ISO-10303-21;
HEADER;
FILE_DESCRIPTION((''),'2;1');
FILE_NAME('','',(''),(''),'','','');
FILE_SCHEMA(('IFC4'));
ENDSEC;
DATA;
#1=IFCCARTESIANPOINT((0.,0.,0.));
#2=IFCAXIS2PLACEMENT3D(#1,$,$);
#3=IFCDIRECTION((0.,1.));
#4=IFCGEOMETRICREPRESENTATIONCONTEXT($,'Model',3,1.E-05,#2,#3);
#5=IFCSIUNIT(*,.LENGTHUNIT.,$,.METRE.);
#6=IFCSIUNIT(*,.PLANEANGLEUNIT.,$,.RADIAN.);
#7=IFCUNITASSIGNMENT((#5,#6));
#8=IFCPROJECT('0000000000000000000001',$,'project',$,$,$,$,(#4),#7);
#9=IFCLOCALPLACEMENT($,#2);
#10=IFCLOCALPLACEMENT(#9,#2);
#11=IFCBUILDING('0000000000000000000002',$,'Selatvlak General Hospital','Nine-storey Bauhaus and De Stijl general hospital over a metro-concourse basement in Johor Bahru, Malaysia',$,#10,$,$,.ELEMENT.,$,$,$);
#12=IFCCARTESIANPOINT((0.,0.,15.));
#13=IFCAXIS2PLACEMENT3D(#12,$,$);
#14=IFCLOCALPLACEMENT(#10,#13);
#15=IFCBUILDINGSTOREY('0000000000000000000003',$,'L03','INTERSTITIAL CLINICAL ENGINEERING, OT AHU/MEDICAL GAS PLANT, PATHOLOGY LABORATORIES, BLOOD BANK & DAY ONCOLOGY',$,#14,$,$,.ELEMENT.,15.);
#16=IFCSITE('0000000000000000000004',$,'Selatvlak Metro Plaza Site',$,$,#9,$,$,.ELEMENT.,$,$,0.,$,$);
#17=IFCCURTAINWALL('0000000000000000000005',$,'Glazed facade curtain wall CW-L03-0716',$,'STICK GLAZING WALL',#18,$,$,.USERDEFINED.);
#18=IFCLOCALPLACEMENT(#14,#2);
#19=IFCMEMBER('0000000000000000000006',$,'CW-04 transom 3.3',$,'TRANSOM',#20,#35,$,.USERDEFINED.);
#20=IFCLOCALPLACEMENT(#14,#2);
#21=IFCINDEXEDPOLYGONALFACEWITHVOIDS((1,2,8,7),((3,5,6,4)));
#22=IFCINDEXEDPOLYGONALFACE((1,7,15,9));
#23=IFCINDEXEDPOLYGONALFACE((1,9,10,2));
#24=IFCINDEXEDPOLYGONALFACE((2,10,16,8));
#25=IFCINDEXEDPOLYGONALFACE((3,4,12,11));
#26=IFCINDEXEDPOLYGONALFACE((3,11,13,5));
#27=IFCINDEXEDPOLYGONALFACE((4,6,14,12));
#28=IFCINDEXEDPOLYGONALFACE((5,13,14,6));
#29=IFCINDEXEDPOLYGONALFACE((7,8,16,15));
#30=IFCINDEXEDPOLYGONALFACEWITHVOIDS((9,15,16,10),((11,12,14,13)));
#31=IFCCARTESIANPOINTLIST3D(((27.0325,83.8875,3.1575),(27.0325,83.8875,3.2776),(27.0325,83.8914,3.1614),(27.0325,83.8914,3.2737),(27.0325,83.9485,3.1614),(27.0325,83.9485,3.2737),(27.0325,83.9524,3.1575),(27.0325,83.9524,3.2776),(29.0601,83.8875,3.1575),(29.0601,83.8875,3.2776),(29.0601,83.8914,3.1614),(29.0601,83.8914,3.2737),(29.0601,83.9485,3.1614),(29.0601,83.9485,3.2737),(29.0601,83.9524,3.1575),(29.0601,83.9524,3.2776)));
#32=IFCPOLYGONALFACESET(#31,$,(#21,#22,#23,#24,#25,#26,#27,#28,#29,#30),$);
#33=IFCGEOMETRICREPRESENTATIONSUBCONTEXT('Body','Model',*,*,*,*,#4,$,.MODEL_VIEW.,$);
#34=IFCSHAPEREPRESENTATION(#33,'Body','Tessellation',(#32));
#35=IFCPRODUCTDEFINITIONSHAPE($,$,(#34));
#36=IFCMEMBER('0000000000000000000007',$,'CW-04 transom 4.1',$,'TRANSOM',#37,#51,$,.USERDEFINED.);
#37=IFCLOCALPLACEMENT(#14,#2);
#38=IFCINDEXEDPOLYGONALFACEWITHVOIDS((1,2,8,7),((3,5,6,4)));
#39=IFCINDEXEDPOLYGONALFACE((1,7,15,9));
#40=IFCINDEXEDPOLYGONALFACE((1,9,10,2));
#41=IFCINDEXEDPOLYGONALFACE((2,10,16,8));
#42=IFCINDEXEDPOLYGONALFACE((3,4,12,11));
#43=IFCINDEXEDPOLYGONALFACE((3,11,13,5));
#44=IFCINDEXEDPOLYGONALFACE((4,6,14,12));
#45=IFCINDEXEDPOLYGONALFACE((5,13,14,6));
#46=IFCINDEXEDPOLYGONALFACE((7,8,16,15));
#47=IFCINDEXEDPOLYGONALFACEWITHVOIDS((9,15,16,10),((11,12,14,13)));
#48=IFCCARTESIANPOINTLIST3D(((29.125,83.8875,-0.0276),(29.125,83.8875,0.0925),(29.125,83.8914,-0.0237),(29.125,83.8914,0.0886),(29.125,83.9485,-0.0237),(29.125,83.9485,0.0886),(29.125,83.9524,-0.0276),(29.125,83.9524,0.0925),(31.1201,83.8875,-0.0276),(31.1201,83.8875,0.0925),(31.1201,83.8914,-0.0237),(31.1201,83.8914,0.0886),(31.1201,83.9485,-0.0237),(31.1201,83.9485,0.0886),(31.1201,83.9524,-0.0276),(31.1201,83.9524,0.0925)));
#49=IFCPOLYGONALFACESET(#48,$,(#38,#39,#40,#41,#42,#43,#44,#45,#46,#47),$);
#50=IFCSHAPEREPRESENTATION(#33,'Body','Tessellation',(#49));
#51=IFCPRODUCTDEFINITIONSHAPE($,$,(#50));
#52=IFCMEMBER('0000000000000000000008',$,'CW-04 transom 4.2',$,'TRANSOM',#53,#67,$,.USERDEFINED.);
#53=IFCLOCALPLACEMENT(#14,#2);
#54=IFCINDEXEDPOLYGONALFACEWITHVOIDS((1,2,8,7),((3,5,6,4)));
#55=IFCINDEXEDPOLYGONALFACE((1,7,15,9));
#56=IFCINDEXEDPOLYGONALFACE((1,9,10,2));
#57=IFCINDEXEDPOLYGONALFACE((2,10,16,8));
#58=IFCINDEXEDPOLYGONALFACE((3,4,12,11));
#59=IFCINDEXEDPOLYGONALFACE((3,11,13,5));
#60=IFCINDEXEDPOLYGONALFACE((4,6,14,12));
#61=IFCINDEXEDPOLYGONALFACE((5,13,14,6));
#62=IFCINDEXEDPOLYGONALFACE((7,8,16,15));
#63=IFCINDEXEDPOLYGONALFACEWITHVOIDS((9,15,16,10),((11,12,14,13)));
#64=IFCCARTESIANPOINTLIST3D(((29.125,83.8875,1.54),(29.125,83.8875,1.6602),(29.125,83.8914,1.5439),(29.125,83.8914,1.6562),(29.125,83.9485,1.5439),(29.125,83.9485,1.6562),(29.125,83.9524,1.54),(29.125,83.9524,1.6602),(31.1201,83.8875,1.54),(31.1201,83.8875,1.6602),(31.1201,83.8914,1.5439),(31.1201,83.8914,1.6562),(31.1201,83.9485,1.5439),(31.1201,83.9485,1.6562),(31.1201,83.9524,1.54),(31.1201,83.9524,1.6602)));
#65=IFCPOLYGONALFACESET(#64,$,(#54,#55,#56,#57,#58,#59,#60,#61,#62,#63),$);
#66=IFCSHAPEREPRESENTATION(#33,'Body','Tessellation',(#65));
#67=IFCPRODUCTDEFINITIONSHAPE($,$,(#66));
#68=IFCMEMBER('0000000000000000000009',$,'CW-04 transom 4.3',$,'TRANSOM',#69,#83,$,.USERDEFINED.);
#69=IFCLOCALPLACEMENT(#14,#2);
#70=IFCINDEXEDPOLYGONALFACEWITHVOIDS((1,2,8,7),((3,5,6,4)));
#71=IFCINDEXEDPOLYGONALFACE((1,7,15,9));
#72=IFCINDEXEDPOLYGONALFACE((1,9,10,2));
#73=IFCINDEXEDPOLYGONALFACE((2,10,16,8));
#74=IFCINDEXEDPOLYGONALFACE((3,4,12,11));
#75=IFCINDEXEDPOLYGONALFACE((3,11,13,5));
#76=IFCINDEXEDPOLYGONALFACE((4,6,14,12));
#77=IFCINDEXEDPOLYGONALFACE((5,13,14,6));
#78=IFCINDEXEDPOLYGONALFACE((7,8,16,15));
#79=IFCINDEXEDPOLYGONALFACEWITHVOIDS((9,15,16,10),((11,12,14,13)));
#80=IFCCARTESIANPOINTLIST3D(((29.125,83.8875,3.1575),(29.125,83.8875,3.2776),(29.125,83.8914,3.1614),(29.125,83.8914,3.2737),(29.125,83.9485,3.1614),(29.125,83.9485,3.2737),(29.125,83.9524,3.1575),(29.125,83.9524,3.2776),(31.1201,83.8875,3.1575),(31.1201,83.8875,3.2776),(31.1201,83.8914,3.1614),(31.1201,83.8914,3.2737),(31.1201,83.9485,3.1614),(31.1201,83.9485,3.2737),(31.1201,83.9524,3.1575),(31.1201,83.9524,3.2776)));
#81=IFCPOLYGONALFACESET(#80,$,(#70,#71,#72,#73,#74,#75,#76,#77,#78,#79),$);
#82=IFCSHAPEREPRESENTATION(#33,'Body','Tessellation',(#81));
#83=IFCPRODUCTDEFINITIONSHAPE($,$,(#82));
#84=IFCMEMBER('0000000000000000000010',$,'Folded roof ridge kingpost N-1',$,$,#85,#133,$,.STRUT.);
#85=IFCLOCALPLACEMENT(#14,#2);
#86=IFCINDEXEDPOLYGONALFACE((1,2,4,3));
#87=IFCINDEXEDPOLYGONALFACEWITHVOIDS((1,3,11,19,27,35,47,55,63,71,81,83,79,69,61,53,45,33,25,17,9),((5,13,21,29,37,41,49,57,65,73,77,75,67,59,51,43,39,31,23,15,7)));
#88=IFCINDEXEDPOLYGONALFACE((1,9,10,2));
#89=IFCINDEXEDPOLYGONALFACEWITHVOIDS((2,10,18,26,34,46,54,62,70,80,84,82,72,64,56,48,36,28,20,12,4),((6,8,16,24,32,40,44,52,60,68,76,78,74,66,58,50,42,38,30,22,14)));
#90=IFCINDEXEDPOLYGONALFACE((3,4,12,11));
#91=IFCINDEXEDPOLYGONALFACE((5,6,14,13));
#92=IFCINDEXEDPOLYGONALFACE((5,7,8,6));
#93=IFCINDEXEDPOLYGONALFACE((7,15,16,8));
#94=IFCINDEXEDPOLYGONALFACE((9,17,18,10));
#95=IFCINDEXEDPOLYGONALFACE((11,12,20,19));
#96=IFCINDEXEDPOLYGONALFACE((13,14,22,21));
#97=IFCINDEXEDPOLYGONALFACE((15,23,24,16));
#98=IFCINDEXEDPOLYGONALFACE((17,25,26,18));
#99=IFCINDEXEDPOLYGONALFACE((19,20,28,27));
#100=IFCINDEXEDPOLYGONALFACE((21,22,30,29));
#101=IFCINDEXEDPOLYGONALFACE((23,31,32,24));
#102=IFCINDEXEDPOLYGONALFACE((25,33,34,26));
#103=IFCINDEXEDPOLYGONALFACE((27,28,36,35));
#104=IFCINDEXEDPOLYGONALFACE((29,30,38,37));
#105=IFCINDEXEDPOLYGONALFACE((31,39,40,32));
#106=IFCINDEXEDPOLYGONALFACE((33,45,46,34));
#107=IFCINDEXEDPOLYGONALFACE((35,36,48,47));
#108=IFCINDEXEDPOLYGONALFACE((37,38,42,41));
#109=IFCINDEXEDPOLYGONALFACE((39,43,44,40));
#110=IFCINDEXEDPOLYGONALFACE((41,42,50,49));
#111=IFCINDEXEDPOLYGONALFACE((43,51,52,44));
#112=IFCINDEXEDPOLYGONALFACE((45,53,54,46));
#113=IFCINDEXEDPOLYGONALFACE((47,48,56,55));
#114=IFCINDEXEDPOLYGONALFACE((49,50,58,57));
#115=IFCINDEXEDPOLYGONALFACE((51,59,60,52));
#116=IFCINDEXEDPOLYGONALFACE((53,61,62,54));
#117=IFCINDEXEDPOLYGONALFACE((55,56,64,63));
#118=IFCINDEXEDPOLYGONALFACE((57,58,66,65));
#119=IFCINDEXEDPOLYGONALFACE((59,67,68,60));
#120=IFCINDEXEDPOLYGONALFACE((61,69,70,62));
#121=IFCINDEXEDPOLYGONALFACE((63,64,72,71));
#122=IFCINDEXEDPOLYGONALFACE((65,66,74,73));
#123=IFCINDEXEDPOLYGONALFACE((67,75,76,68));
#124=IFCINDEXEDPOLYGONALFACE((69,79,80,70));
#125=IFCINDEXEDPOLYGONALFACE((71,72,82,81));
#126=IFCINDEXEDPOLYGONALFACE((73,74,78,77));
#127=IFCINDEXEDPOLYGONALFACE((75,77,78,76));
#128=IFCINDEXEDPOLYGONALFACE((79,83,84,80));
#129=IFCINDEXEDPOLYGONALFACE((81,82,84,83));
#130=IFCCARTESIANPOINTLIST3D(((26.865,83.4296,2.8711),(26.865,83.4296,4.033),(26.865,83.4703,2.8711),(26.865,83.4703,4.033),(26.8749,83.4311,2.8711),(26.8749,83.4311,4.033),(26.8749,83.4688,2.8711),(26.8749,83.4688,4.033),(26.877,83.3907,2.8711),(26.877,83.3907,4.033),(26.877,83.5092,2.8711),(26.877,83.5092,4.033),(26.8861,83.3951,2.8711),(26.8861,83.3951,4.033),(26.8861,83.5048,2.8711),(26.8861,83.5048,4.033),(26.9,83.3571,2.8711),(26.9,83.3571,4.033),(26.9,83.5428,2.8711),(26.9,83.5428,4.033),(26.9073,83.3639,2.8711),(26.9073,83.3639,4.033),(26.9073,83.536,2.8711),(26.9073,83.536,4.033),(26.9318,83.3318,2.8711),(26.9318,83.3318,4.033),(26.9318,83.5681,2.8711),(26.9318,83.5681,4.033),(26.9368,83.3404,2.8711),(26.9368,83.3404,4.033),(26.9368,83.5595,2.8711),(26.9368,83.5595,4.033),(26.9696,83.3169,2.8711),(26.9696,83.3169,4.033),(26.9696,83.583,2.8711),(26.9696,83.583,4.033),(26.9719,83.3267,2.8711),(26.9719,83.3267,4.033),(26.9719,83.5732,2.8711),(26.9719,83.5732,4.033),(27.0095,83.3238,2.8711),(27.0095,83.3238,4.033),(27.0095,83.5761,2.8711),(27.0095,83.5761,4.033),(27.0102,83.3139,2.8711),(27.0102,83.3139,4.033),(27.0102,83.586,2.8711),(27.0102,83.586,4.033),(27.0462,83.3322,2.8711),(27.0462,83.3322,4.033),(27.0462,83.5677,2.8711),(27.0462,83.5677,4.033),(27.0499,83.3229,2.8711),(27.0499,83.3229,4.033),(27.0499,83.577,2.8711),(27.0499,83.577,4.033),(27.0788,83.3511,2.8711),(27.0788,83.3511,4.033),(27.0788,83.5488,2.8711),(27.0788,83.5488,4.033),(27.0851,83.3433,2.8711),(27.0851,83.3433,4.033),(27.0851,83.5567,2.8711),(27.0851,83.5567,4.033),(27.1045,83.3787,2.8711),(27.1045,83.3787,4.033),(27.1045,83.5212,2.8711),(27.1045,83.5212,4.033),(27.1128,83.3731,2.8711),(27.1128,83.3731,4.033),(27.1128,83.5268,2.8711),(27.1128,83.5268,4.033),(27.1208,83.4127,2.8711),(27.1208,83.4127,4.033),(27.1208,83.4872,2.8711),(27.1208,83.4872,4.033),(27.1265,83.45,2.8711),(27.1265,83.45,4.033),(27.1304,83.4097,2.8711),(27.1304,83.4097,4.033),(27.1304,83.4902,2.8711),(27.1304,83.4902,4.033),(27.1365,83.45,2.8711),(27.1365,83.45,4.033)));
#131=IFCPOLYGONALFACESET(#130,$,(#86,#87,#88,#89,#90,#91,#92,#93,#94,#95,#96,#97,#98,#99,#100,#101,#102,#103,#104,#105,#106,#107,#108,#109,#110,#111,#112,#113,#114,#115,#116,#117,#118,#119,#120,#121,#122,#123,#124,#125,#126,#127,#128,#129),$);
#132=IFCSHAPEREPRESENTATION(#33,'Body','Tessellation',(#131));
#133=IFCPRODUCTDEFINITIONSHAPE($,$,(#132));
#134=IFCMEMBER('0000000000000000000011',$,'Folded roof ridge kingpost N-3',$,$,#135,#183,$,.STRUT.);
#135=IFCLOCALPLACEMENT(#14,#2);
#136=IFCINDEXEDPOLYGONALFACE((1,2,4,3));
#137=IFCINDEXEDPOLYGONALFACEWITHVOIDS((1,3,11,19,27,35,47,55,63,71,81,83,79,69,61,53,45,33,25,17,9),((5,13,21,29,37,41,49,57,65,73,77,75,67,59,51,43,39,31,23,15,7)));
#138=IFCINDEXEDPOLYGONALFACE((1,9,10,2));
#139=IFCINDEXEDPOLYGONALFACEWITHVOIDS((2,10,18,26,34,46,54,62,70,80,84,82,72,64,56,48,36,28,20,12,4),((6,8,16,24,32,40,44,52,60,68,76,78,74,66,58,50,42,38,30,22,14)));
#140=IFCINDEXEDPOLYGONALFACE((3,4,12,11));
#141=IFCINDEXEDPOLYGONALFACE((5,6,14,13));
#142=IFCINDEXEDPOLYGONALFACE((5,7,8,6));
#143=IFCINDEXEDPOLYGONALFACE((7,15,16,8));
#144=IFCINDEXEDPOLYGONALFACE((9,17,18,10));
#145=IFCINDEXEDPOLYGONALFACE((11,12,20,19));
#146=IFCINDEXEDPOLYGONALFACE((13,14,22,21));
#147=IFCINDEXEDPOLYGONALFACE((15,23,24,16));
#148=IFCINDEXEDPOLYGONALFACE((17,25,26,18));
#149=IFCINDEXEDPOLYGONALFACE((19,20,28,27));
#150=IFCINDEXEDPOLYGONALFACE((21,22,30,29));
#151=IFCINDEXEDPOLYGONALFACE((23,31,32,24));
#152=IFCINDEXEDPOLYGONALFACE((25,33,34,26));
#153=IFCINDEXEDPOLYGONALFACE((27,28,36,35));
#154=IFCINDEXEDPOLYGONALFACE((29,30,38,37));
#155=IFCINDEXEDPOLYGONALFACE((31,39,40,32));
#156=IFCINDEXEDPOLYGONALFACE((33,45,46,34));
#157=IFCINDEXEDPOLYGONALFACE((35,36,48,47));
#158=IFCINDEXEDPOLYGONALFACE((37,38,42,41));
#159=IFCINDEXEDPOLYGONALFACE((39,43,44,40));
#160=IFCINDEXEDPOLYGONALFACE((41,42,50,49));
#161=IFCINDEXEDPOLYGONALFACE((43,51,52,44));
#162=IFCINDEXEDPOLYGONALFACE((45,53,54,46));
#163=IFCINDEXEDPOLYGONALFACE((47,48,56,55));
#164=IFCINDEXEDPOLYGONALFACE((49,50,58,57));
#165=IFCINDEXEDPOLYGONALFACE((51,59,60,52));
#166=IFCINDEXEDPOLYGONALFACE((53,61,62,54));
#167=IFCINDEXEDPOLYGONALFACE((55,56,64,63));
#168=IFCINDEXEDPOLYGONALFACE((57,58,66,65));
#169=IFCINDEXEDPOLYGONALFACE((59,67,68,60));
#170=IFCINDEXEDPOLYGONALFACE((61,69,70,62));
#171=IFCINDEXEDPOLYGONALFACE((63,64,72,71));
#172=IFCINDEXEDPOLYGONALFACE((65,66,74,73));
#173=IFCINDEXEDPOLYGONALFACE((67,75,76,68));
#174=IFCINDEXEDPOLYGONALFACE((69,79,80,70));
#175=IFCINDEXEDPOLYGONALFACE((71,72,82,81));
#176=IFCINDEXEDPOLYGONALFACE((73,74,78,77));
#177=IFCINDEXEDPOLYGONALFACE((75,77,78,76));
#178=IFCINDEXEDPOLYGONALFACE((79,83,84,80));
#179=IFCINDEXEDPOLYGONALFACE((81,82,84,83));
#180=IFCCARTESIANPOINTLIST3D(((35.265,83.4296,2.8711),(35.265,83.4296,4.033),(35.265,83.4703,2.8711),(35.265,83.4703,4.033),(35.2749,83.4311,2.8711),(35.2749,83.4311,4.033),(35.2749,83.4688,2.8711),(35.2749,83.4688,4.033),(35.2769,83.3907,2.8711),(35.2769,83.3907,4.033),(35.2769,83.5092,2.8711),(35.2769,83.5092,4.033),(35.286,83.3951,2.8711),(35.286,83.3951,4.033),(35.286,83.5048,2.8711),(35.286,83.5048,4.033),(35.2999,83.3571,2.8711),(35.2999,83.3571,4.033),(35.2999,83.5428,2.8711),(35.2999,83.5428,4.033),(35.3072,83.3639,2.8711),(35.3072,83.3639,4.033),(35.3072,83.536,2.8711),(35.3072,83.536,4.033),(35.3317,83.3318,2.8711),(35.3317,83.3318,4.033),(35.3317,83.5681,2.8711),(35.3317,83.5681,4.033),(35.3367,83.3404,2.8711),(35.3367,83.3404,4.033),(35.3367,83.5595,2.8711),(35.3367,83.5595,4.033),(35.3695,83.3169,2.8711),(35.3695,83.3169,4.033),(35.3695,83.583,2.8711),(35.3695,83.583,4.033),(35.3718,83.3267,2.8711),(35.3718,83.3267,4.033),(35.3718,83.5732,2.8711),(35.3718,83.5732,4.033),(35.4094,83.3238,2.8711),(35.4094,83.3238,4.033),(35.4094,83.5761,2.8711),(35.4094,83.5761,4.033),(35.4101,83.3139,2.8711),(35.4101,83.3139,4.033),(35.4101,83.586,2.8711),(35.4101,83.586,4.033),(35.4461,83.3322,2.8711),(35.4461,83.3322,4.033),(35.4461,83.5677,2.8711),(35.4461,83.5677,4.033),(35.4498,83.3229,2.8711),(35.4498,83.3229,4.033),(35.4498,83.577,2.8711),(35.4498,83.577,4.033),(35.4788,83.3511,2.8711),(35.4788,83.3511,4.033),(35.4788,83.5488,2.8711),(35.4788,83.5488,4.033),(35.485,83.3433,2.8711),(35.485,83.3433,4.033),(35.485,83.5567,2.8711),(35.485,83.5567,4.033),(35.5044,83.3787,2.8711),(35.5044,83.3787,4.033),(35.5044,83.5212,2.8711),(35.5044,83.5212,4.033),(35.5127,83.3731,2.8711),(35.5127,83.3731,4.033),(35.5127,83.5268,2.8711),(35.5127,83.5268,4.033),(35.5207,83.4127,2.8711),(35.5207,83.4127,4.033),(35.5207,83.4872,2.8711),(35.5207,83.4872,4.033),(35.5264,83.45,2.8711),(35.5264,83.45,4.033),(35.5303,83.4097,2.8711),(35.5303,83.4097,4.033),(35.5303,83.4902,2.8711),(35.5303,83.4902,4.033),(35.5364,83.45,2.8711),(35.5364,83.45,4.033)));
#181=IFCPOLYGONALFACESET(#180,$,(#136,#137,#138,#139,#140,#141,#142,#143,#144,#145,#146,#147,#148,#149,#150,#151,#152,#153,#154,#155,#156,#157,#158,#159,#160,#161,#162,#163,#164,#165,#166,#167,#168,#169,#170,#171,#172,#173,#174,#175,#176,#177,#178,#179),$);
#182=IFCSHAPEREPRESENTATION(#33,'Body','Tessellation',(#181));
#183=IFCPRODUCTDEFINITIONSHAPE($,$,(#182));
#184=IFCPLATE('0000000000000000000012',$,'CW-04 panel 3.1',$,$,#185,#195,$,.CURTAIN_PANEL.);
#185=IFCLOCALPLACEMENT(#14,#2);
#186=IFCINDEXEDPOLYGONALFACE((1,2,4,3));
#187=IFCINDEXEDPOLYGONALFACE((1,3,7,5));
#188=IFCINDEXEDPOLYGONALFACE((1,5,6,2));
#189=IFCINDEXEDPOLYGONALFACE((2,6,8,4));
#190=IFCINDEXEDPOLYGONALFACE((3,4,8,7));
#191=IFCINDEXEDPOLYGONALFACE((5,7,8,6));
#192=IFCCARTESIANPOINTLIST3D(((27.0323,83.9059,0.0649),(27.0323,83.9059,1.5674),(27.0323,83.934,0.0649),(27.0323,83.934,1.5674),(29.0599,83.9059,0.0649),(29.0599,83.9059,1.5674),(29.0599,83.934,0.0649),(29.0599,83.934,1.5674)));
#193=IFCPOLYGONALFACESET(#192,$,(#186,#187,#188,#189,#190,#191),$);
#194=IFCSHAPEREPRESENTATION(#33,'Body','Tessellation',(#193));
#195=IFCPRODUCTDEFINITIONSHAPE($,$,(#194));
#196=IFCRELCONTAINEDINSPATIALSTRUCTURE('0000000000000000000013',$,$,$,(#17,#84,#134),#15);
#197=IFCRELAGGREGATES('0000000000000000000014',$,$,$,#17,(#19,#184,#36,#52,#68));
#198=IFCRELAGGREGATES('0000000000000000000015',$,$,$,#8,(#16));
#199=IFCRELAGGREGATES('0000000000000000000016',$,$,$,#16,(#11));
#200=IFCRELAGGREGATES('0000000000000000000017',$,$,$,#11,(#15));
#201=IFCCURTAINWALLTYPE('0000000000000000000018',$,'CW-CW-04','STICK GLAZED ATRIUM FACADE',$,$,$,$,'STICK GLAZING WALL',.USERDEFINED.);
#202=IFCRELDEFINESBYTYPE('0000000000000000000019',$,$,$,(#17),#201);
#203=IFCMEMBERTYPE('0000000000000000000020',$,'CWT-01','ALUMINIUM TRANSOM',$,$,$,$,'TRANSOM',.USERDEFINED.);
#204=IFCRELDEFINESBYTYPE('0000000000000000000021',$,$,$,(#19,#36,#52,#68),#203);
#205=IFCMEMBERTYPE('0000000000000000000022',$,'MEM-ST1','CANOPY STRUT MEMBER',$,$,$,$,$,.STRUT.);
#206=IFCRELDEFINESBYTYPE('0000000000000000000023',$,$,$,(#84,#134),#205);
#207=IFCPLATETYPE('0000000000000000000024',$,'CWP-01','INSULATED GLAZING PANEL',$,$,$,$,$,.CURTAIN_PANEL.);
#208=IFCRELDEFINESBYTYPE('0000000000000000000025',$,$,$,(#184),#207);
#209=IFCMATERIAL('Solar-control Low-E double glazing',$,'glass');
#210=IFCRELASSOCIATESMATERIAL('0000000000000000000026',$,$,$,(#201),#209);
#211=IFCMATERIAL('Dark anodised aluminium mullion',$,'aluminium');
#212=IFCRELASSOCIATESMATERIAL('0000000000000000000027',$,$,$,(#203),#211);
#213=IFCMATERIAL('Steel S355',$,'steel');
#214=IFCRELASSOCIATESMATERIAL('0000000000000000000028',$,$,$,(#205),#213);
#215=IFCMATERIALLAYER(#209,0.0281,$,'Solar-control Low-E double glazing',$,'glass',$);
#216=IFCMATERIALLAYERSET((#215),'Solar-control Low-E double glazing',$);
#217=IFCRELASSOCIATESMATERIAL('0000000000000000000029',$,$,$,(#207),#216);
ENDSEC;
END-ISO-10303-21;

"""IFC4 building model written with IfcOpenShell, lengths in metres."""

from ifc_helpers import new_model, si_unit, direction, frame, origin, origin_2d, place, context, subcontext, project, spatial, rectangle, hollow_rectangle, hollow_circle, extrude, material, layer, layer_set, material_profile, profile_set, type_object, element, aggregate, save


model = new_model("IFC4")

# Units and contexts
model_context = context("Model", 3, precision=1e-05, world=origin(), true_north=direction((0.0, 1.0)))
body_context = subcontext(model_context, "Body", "Model", "MODEL_VIEW")
ifc_project = project(units=[si_unit("LENGTHUNIT", "METRE"), si_unit("PLANEANGLEUNIT", "RADIAN")], contexts=[model_context])

# Site, building, storey
site_placement = place(None, origin())
site = spatial("IfcSite", under=ifc_project, at=site_placement, Name="Selatvlak Metro Plaza Site", CompositionType="ELEMENT", RefElevation=0.0)
building_placement = place(site_placement, origin())
building = spatial("IfcBuilding", under=site, at=building_placement, Name="Selatvlak General Hospital", Description="Nine-storey Bauhaus and De Stijl general hospital over a metro-concourse basement in Johor Bahru, Malaysia", CompositionType="ELEMENT")
storey_placement = place(building_placement, frame((0.0, 0.0, 15.0)))
storey = spatial("IfcBuildingStorey", under=building, at=storey_placement, Name="L03", Description="INTERSTITIAL CLINICAL ENGINEERING, OT AHU/MEDICAL GAS PLANT, PATHOLOGY LABORATORIES, BLOOD BANK & DAY ONCOLOGY", CompositionType="ELEMENT", Elevation=15.0)

# Shared definitions
ifc_material_1 = material(Name="Steel S355", Category="steel")

# Curtain wall
ifc_material_2 = material(Name="Solar-control Low-E double glazing", Category="glass")
curtain_wall_type = type_object("IfcCurtainWallType", Name="CW-CW-04", Description="STICK GLAZED ATRIUM FACADE", ElementType="STICK GLAZING WALL", PredefinedType="USERDEFINED", material=ifc_material_2)
curtain_wall_1_placement = place(storey_placement, origin())
curtain_wall_1 = element("IfcCurtainWall", 1, at=curtain_wall_1_placement, inside=storey, type_object=curtain_wall_type, Name="Glazed facade curtain wall CW-L03-0716", ObjectType="STICK GLAZING WALL", PredefinedType="USERDEFINED")
ifc_material_3 = material(Name="Dark anodised aluminium mullion", Category="aluminium")

# Members
ifc_material_profile_1 = material_profile(ifc_material_3, hollow_rectangle(XDim=0.0649, YDim=0.1201, WallThickness=0.0039, at=origin_2d()), Name="AL-TRN 65x120x4")
ifc_profile_set_1 = profile_set([ifc_material_profile_1], Name="Dark anodised aluminium mullion")
member_type_1 = type_object("IfcMemberType", Name="CWT-01", Description="ALUMINIUM TRANSOM", ElementType="TRANSOM", PredefinedType="USERDEFINED", material=ifc_profile_set_1)
member_1_placement = place(storey_placement, frame((27.0325, 83.9199, 3.2175), z_axis=(1.0, 0.0, 0.0), x_axis=(0.0, 1.0, 0.0)))
member_1 = element("IfcMember", 2, at=member_1_placement, type_object=member_type_1, Name="CW-04 transom 3.3", ObjectType="TRANSOM", PredefinedType="USERDEFINED", context=body_context, shape_type="SweptSolid", body=[
    extrude(hollow_rectangle(XDim=0.0649, YDim=0.1201, WallThickness=0.0039, at=origin_2d()), origin(), (0.0, 0.0, 1.0), 2.0276),
])
member_2_placement = place(storey_placement, frame((29.125, 83.9199, 0.0325), z_axis=(1.0, 0.0, 0.0), x_axis=(0.0, 1.0, 0.0)))
member_2 = element("IfcMember", 3, at=member_2_placement, type_object=member_type_1, Name="CW-04 transom 4.1", ObjectType="TRANSOM", PredefinedType="USERDEFINED", context=body_context, shape_type="SweptSolid", body=[
    extrude(hollow_rectangle(XDim=0.0649, YDim=0.1201, WallThickness=0.0039, at=origin_2d()), origin(), (0.0, 0.0, 1.0), 1.9951),
])
member_3_placement = place(storey_placement, frame((29.125, 83.9199, 1.6001), z_axis=(1.0, 0.0, 0.0), x_axis=(0.0, 1.0, 0.0)))
member_3 = element("IfcMember", 4, at=member_3_placement, type_object=member_type_1, Name="CW-04 transom 4.2", ObjectType="TRANSOM", PredefinedType="USERDEFINED", context=body_context, shape_type="SweptSolid", body=[
    extrude(hollow_rectangle(XDim=0.0649, YDim=0.1201, WallThickness=0.0039, at=origin_2d()), origin(), (0.0, 0.0, 1.0), 1.9951),
])
member_4_placement = place(storey_placement, frame((29.125, 83.9199, 3.2175), z_axis=(1.0, 0.0, 0.0), x_axis=(0.0, 1.0, 0.0)))
member_4 = element("IfcMember", 5, at=member_4_placement, type_object=member_type_1, Name="CW-04 transom 4.3", ObjectType="TRANSOM", PredefinedType="USERDEFINED", context=body_context, shape_type="SweptSolid", body=[
    extrude(hollow_rectangle(XDim=0.0649, YDim=0.1201, WallThickness=0.0039, at=origin_2d()), origin(), (0.0, 0.0, 1.0), 1.9951),
])

# Members
ifc_material_profile_2 = material_profile(ifc_material_1, hollow_circle(Radius=0.1365, WallThickness=0.01, at=origin_2d()), Name="CHS 273.0x10")
ifc_profile_set_2 = profile_set([ifc_material_profile_2], Name="Steel S355")
member_type_2 = type_object("IfcMemberType", Name="MEM-ST1", Description="CANOPY STRUT MEMBER", PredefinedType="STRUT", material=ifc_profile_set_2)
for number, where, z_axis, x_axis, name in (
    (6, (27.0, 83.45, 2.8711), (0.0, 0.0, 1.0), (1.0, 0.0, 0.0), "Folded roof ridge kingpost N-1"),
    (7, (35.3999, 83.45, 2.8711), (0.0, 0.0, 1.0), (1.0, 0.0, 0.0), "Folded roof ridge kingpost N-3"),
):
    element("IfcMember", number, at=place(storey_placement, frame(where, z_axis=z_axis, x_axis=x_axis)), inside=storey, type_object=member_type_2, Name=name, PredefinedType="STRUT", context=body_context, shape_type="SweptSolid", body=[
        extrude(hollow_circle(Radius=0.1365, WallThickness=0.01, at=origin_2d()), origin(), (0.0, 0.0, 1.0), 1.1619),
    ])

# Plate
ifc_layer_1 = layer(ifc_material_2, 0.0281, Name="Solar-control Low-E double glazing", Category="glass")
ifc_layer_set_1 = layer_set([ifc_layer_1], Name="Solar-control Low-E double glazing")
plate_type_1 = type_object("IfcPlateType", Name="CWP-01", Description="INSULATED GLAZING PANEL", PredefinedType="CURTAIN_PANEL", material=ifc_layer_set_1)
plate_1_placement = place(storey_placement, frame((28.0461, 83.9199, 0.0649), z_axis=(0.0, 0.0, 1.0), x_axis=(1.0, 0.0, 0.0)))
plate_1 = element("IfcPlate", 8, at=plate_1_placement, type_object=plate_type_1, Name="CW-04 panel 3.1", PredefinedType="CURTAIN_PANEL", context=body_context, shape_type="SweptSolid", body=[
    extrude(rectangle(XDim=2.0276, YDim=0.0281, at=origin_2d()), origin(), (0.0, 0.0, 1.0), 1.5024),
])
aggregate(curtain_wall_1, [member_1, plate_1, member_2, member_3, member_4])

save(model, "model.ifc")
